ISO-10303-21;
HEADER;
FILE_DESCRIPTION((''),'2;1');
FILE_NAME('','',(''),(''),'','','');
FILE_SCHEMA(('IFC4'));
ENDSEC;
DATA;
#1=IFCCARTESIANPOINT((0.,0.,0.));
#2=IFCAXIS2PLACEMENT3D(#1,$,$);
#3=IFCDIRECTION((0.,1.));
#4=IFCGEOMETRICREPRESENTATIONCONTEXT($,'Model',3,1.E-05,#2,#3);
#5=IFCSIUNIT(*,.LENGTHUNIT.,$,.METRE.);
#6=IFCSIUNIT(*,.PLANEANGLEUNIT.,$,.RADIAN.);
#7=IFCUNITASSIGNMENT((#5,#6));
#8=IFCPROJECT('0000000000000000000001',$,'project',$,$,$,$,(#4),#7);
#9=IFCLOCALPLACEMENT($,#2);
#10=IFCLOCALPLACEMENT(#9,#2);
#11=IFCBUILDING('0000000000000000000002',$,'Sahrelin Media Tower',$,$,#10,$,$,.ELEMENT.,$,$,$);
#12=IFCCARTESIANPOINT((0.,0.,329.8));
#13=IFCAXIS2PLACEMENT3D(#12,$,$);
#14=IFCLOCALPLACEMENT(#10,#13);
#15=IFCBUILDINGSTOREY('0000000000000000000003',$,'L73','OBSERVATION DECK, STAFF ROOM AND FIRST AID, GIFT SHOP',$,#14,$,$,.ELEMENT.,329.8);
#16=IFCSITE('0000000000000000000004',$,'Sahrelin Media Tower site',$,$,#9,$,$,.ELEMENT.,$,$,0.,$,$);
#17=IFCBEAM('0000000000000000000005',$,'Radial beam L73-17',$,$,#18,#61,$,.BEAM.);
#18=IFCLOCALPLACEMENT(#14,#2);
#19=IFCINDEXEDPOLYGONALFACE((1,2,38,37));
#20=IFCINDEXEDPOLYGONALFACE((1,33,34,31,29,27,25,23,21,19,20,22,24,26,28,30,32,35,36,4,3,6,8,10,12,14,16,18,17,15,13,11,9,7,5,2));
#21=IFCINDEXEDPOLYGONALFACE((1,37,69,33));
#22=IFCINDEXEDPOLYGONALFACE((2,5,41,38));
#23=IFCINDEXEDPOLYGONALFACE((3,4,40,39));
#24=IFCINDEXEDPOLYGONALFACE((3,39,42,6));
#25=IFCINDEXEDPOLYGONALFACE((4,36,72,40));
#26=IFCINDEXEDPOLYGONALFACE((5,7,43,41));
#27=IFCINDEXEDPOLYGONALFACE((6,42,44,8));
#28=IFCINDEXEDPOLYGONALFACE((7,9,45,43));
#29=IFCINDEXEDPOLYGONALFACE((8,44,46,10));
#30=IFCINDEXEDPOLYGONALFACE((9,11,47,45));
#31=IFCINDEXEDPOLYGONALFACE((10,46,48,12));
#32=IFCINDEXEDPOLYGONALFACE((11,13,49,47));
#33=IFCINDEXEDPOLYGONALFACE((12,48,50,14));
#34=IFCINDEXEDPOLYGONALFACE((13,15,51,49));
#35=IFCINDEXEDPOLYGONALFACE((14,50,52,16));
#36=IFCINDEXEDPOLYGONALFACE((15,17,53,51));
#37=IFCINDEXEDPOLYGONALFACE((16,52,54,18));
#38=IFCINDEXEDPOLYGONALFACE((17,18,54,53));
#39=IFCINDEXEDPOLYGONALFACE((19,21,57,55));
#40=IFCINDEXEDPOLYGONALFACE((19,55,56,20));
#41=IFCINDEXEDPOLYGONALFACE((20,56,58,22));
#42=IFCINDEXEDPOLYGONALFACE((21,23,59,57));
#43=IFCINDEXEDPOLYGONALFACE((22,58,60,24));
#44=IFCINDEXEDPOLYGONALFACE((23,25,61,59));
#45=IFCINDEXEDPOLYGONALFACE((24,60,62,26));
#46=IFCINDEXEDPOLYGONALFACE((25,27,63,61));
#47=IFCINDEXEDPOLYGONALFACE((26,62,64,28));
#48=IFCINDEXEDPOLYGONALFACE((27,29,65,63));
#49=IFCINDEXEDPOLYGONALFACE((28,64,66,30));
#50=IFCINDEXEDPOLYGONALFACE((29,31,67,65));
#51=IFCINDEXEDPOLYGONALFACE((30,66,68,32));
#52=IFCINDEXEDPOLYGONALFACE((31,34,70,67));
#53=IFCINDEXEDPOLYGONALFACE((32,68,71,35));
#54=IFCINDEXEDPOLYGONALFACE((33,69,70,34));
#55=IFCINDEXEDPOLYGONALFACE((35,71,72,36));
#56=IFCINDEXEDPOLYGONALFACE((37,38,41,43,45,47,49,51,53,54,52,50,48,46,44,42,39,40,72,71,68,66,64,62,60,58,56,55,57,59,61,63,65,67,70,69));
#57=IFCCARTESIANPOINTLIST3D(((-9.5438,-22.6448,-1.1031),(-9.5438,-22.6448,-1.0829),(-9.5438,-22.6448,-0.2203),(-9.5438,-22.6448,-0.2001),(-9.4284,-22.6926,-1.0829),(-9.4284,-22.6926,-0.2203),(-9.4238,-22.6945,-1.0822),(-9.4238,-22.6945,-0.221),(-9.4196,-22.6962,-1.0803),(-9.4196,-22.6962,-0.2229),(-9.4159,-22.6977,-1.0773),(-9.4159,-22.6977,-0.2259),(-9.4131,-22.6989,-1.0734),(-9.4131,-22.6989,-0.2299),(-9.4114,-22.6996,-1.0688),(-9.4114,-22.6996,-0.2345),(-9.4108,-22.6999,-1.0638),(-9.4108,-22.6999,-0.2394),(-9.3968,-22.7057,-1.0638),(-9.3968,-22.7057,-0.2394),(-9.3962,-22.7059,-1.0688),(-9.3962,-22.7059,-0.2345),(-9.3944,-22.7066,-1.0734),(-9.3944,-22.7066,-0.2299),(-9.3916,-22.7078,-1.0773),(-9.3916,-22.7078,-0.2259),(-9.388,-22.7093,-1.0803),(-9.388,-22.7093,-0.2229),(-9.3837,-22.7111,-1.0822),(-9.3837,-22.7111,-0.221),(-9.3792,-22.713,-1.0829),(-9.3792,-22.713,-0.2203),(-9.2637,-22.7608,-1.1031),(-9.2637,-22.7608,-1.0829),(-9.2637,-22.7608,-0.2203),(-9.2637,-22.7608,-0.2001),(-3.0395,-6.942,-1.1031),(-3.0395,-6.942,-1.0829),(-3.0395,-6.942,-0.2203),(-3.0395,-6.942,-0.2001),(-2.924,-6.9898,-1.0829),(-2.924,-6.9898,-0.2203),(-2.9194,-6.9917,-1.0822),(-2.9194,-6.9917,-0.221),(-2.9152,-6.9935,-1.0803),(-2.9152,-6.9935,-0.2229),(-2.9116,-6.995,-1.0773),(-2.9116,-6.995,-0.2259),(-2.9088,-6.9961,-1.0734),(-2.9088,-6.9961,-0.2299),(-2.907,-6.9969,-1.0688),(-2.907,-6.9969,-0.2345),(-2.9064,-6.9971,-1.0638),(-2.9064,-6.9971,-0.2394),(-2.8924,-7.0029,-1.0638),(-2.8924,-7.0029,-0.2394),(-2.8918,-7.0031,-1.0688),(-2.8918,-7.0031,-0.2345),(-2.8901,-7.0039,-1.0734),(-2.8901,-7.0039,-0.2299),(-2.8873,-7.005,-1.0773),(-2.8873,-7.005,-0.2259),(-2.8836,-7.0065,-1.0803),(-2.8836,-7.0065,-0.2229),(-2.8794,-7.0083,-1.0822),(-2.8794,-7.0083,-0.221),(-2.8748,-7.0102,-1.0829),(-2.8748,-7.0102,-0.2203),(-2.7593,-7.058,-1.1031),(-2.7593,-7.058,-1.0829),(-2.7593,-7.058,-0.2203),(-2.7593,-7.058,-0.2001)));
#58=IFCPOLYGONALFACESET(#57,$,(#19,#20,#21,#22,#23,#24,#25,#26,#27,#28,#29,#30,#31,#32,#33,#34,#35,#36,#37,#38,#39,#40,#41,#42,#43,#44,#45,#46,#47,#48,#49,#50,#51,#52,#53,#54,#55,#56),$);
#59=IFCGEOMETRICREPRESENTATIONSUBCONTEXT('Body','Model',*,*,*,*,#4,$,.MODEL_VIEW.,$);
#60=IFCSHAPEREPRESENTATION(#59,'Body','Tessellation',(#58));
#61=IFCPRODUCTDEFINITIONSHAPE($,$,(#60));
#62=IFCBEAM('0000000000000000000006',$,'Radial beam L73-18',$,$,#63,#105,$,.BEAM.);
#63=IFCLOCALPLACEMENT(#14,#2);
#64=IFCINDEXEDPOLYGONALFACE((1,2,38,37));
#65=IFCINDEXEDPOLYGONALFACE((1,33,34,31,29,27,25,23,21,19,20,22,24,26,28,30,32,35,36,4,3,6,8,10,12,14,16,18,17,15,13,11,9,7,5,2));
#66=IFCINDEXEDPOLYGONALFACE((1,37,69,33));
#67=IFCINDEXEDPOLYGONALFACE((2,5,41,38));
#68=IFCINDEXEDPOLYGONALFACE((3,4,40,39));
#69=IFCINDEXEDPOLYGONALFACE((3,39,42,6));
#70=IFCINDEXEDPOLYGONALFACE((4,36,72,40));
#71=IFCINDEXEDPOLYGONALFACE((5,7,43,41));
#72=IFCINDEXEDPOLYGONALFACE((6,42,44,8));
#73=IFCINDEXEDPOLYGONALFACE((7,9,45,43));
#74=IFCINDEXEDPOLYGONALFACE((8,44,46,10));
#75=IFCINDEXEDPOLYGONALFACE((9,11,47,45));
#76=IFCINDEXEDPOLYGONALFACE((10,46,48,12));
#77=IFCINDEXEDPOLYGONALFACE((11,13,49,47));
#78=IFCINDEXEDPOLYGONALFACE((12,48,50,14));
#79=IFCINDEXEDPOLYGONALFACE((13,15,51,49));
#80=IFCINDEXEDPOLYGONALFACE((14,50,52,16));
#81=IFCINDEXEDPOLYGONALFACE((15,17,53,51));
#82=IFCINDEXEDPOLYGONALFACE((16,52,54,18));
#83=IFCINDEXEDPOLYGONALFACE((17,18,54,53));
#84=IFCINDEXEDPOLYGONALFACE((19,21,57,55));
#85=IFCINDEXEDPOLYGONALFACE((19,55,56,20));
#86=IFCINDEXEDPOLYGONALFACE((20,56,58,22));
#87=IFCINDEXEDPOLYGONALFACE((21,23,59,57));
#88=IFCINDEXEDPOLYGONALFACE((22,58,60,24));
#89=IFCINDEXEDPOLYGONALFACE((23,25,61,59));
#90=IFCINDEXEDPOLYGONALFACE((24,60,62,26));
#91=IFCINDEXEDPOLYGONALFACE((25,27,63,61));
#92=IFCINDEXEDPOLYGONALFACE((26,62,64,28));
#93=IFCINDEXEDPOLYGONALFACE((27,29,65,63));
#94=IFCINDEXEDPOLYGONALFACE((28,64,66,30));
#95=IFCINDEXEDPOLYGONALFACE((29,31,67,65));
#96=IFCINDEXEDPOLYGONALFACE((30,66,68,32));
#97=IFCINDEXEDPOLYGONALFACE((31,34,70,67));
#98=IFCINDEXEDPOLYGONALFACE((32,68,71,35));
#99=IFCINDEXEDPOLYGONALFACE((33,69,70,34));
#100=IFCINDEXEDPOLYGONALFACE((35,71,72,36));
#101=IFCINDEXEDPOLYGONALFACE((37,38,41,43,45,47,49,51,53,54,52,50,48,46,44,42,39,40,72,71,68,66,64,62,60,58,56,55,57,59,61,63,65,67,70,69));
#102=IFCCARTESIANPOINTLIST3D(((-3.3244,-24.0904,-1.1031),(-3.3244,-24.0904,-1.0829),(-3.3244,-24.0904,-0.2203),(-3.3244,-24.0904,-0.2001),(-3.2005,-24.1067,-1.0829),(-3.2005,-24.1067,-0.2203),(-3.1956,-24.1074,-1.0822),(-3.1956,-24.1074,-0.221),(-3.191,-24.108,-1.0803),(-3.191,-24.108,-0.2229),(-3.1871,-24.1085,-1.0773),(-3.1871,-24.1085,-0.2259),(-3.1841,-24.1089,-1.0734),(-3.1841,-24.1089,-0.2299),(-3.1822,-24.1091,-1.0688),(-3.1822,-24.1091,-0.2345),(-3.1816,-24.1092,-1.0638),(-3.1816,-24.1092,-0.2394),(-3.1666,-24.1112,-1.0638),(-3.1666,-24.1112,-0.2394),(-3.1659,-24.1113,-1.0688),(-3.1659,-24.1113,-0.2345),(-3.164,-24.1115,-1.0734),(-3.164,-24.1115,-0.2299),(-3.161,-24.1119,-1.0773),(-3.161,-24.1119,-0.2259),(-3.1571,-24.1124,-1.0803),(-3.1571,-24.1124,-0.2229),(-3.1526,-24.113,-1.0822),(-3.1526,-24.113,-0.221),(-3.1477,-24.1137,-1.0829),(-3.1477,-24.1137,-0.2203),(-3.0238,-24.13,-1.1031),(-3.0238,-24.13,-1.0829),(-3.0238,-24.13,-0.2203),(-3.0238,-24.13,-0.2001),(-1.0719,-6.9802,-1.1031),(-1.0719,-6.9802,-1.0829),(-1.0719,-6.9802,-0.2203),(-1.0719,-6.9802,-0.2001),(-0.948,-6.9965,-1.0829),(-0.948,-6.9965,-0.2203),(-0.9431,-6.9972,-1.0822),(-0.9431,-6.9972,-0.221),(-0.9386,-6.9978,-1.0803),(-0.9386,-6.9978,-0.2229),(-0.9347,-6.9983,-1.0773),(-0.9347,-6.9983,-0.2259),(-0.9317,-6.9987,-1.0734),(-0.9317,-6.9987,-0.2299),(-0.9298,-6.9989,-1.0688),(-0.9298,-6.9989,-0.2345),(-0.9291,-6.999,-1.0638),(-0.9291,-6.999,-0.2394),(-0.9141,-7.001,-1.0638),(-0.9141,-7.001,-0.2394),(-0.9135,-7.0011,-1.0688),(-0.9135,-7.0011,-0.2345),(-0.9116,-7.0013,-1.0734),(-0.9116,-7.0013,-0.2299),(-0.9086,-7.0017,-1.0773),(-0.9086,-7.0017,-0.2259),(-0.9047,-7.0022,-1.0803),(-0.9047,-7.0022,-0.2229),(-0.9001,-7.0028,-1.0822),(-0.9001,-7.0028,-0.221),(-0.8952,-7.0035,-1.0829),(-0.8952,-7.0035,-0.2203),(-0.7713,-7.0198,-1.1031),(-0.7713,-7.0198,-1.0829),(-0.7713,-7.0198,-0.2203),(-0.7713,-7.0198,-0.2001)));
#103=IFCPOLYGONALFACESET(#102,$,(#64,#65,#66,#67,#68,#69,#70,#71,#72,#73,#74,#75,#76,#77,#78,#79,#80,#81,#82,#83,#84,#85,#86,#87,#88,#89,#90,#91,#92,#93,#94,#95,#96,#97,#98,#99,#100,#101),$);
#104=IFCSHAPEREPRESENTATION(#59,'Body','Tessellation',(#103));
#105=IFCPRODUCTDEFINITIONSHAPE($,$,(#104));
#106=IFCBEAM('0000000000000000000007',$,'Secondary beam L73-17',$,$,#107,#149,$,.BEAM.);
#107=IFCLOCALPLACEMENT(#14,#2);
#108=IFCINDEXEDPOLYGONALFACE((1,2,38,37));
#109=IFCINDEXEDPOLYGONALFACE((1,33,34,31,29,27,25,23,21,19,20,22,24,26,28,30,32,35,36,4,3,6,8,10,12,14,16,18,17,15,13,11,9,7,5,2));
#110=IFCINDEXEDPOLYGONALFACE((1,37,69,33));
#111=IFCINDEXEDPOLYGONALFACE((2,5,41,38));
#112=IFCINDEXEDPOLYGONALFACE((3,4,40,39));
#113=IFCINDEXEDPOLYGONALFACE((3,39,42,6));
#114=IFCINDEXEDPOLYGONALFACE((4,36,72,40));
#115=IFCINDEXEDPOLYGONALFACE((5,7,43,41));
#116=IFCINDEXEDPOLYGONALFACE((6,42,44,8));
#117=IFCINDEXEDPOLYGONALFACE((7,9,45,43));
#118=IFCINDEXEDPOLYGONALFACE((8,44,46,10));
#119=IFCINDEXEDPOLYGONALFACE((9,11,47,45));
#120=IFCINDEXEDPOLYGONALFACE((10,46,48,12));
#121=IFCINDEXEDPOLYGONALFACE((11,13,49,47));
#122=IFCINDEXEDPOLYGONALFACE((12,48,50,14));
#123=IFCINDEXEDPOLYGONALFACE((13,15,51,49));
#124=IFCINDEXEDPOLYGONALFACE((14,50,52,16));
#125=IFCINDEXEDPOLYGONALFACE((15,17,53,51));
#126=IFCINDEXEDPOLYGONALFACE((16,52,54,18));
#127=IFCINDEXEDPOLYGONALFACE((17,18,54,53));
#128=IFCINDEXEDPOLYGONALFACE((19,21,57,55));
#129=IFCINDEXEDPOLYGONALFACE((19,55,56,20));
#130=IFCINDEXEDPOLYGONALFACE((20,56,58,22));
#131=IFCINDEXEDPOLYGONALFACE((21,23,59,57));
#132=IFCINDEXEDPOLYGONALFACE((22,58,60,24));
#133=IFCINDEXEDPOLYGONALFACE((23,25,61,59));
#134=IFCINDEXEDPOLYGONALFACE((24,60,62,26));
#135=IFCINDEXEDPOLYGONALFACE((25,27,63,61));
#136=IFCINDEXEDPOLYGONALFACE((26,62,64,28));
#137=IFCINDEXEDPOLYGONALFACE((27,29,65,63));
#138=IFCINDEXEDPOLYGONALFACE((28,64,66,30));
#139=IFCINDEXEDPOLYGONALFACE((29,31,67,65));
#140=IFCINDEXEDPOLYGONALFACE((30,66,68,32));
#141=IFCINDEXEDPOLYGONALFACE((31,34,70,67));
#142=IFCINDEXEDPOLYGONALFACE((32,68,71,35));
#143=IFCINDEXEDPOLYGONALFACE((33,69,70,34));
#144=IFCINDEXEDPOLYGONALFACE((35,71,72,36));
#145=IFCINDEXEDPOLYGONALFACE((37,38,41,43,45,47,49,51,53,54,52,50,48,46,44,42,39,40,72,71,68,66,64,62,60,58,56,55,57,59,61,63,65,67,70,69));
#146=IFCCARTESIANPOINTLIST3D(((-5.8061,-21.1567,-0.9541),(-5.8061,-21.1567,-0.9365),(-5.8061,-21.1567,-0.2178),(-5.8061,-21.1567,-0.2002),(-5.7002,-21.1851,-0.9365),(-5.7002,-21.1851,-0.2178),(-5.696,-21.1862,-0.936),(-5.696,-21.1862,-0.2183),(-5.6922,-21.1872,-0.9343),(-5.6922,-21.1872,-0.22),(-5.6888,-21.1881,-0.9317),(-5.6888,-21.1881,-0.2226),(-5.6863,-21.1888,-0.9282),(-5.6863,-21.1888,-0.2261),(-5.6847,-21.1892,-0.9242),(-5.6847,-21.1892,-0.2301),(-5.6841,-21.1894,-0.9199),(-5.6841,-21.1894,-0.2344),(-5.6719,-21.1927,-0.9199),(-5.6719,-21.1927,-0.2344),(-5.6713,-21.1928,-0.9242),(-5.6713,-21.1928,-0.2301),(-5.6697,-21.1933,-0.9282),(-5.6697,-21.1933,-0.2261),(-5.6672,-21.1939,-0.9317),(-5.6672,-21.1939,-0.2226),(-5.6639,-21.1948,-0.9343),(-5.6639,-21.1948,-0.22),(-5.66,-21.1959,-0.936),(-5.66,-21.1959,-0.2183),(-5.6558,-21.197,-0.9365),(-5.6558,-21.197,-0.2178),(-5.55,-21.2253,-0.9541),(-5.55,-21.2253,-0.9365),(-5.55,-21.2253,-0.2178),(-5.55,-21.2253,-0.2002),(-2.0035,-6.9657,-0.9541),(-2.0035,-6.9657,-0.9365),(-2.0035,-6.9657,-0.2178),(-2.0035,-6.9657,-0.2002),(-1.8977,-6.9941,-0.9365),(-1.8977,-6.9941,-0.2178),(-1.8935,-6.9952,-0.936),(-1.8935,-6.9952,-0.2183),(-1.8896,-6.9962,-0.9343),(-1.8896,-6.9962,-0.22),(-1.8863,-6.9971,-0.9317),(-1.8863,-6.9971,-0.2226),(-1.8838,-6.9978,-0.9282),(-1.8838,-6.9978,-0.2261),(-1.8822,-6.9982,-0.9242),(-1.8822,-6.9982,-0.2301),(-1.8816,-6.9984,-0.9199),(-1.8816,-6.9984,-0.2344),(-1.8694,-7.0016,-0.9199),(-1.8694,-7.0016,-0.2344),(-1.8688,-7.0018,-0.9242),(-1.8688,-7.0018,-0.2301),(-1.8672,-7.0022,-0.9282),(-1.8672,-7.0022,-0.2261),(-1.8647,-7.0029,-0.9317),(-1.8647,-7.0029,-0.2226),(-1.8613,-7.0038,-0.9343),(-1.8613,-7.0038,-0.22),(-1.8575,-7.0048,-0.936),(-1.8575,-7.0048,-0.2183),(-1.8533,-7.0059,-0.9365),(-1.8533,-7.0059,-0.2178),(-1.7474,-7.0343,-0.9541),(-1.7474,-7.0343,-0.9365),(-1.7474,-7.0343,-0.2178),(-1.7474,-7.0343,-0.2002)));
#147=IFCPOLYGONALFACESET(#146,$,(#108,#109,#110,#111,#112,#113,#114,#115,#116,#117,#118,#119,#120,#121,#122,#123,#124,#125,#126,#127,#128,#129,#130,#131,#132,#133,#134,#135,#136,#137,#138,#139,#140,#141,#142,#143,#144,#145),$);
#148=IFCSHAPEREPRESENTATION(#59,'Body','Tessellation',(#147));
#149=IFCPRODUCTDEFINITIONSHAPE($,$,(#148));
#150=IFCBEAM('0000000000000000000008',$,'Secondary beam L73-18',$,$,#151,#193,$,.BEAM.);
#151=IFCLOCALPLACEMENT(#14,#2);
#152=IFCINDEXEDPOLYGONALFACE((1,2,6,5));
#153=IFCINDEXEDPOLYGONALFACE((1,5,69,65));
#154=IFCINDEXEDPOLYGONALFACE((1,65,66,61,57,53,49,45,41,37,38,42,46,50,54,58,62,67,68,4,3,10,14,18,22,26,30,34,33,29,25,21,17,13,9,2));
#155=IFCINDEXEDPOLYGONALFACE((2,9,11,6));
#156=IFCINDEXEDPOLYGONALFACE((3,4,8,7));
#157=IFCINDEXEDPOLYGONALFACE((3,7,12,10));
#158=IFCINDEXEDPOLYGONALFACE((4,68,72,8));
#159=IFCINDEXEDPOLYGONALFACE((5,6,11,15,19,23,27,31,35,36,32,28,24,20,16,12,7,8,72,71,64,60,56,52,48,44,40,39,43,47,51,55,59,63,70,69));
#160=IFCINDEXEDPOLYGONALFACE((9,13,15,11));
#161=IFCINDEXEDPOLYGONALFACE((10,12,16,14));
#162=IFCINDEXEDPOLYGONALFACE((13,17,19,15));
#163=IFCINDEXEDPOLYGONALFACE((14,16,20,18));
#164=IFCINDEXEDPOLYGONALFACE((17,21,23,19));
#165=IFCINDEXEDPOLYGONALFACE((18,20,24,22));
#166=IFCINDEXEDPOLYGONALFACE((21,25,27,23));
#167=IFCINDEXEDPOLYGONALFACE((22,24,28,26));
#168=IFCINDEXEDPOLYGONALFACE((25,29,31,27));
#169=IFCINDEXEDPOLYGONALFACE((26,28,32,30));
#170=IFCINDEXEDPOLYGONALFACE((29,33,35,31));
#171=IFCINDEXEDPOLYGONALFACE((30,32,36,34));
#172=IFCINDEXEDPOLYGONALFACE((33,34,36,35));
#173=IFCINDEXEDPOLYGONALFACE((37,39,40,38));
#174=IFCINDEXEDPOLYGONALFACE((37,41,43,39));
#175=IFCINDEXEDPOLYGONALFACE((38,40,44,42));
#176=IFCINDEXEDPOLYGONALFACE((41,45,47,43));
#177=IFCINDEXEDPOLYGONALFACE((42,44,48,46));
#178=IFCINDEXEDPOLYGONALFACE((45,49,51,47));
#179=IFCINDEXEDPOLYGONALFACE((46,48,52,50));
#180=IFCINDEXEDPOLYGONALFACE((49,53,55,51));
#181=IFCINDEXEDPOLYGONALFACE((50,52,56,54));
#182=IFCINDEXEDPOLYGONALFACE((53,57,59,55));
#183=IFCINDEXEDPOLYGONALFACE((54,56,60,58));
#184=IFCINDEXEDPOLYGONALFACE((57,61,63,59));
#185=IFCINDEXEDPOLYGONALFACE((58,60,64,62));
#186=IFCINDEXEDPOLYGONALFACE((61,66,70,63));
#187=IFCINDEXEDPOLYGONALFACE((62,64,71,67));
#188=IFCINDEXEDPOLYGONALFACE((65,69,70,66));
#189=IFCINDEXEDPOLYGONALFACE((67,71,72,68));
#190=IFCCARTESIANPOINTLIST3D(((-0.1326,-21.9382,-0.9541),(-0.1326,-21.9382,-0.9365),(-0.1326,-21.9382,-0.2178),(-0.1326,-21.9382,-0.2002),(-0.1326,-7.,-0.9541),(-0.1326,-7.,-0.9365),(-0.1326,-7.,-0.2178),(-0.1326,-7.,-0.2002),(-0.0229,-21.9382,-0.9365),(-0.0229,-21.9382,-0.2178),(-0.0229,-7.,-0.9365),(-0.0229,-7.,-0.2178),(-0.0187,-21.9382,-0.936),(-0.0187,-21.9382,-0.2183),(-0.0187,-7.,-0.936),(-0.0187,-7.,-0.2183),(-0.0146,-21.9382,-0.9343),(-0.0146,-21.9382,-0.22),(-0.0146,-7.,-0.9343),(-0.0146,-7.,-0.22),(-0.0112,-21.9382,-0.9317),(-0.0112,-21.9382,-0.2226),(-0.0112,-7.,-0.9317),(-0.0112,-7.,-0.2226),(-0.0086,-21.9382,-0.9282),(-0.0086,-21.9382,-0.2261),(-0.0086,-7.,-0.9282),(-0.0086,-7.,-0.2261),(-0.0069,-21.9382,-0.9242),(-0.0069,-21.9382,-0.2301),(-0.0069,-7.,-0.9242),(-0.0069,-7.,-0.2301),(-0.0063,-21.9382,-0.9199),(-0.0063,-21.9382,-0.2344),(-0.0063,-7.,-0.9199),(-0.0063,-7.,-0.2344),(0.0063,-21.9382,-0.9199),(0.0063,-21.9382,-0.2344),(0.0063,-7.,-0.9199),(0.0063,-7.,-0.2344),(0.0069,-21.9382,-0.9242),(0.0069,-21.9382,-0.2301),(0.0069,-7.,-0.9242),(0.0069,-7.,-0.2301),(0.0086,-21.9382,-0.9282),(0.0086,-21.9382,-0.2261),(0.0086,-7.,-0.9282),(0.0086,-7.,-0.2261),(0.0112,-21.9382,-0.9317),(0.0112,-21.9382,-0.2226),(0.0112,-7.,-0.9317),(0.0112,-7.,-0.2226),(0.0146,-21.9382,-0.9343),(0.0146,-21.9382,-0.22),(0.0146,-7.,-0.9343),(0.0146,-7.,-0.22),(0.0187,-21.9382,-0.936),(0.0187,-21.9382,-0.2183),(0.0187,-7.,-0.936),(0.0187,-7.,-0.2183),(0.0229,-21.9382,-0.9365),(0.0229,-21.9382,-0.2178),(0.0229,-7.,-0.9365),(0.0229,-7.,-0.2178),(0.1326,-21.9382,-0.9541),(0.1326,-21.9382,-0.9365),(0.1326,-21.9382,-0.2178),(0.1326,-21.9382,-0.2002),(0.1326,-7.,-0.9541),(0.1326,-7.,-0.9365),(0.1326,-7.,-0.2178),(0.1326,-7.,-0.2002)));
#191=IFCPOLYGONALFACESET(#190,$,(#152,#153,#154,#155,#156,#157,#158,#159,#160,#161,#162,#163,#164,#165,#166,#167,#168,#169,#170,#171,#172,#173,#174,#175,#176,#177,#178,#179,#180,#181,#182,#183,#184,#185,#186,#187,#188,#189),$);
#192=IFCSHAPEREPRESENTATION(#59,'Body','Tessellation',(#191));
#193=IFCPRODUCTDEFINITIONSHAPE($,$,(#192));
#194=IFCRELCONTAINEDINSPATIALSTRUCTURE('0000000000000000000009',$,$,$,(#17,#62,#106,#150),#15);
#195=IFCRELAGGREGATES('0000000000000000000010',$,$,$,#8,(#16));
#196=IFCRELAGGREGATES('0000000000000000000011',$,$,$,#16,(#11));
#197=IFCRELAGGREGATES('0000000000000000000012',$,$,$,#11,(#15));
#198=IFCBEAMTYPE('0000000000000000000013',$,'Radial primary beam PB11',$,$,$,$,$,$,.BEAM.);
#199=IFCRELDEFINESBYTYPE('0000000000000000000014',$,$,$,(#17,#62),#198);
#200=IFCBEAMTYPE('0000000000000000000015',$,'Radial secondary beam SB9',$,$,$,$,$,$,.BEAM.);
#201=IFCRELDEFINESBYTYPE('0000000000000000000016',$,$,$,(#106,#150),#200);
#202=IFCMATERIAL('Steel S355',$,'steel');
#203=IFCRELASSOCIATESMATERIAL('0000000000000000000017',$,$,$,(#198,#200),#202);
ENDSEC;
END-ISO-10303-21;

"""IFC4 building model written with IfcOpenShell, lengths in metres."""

from ifc_helpers import new_model, si_unit, direction, frame, origin, origin_2d, place, context, subcontext, project, spatial, i_section, extrude, material, material_profile, profile_set, type_object, element, save


model = new_model("IFC4")

# Units and contexts
model_context = context("Model", 3, precision=1e-05, world=origin(), true_north=direction((0.0, 1.0)))
body_context = subcontext(model_context, "Body", "Model", "MODEL_VIEW")
ifc_project = project(units=[si_unit("LENGTHUNIT", "METRE"), si_unit("PLANEANGLEUNIT", "RADIAN")], contexts=[model_context])

# Site, building, storey
site_placement = place(None, origin())
site = spatial("IfcSite", under=ifc_project, at=site_placement, Name="Sahrelin Media Tower site", CompositionType="ELEMENT", RefElevation=0.0)
building_placement = place(site_placement, origin())
building = spatial("IfcBuilding", under=site, at=building_placement, Name="Sahrelin Media Tower", CompositionType="ELEMENT")
storey_placement = place(building_placement, frame((0.0, 0.0, 329.8)))
storey = spatial("IfcBuildingStorey", under=building, at=storey_placement, Name="L73", Description="OBSERVATION DECK, STAFF ROOM AND FIRST AID, GIFT SHOP", CompositionType="ELEMENT", Elevation=329.8)

# Beams
ifc_material_1 = material(Name="Steel S355", Category="steel")
ifc_material_profile_1 = material_profile(ifc_material_1, i_section(OverallWidth=0.3032, OverallDepth=0.9031, WebThickness=0.0151, FlangeThickness=0.0203, FilletRadius=0.019, at=origin_2d()), Name="UB 914x305x201")
ifc_profile_set_1 = profile_set([ifc_material_profile_1], Name="Steel S355")
beam_type_1 = type_object("IfcBeamType", Name="Radial primary beam PB11", PredefinedType="BEAM", material=ifc_profile_set_1)
beam_1_placement = place(storey_placement, frame((-2.8994, -7.0, -0.6516), z_axis=(-0.382686, -0.923879, 0.0), x_axis=(0.923879, -0.382686, 0.0)))
element("IfcBeam", 1, at=beam_1_placement, inside=storey, type_object=beam_type_1, Name="Radial beam L73-17", PredefinedType="BEAM", context=body_context, shape_type="SweptSolid", body=[
    extrude(i_section(OverallWidth=0.3032, OverallDepth=0.9031, WebThickness=0.0151, FlangeThickness=0.0203, FilletRadius=0.019, at=origin_2d()), origin(), (0.0, 0.0, 1.0), 16.9966),
])
beam_2_placement = place(storey_placement, frame((-0.9216, -7.0, -0.6516), z_axis=(-0.130518, -0.991446, 0.0), x_axis=(0.991446, -0.130518, 0.0)))
element("IfcBeam", 2, at=beam_2_placement, inside=storey, type_object=beam_type_1, Name="Radial beam L73-18", PredefinedType="BEAM", context=body_context, shape_type="SweptSolid", body=[
    extrude(i_section(OverallWidth=0.3032, OverallDepth=0.9031, WebThickness=0.0151, FlangeThickness=0.0203, FilletRadius=0.019, at=origin_2d()), origin(), (0.0, 0.0, 1.0), 17.2578),
])
ifc_material_profile_2 = material_profile(ifc_material_1, i_section(OverallWidth=0.2651, OverallDepth=0.7539, WebThickness=0.0127, FlangeThickness=0.0176, FilletRadius=0.0166, at=origin_2d()), Name="UB 762x267x147")
ifc_profile_set_2 = profile_set([ifc_material_profile_2], Name="Steel S355")
beam_type_2 = type_object("IfcBeamType", Name="Radial secondary beam SB9", PredefinedType="BEAM", material=ifc_profile_set_2)
beam_3_placement = place(storey_placement, frame((-1.8755, -7.0, -0.5771), z_axis=(-0.258822, -0.965925, 0.0), x_axis=(0.965925, -0.258822, 0.0)))
element("IfcBeam", 3, at=beam_3_placement, inside=storey, type_object=beam_type_2, Name="Secondary beam L73-17", PredefinedType="BEAM", context=body_context, shape_type="SweptSolid", body=[
    extrude(i_section(OverallWidth=0.2651, OverallDepth=0.7539, WebThickness=0.0127, FlangeThickness=0.0176, FilletRadius=0.0166, at=origin_2d()), origin(), (0.0, 0.0, 1.0), 14.6917),
])
beam_4_placement = place(storey_placement, frame((0.0, -7.0, -0.5771), z_axis=(0.0, -1.0, 0.0), x_axis=(1.0, 0.0, 0.0)))
element("IfcBeam", 4, at=beam_4_placement, inside=storey, type_object=beam_type_2, Name="Secondary beam L73-18", PredefinedType="BEAM", context=body_context, shape_type="SweptSolid", body=[
    extrude(i_section(OverallWidth=0.2651, OverallDepth=0.7539, WebThickness=0.0127, FlangeThickness=0.0176, FilletRadius=0.0166, at=origin_2d()), origin(), (0.0, 0.0, 1.0), 14.9382),
])

save(model, "model.ifc")
